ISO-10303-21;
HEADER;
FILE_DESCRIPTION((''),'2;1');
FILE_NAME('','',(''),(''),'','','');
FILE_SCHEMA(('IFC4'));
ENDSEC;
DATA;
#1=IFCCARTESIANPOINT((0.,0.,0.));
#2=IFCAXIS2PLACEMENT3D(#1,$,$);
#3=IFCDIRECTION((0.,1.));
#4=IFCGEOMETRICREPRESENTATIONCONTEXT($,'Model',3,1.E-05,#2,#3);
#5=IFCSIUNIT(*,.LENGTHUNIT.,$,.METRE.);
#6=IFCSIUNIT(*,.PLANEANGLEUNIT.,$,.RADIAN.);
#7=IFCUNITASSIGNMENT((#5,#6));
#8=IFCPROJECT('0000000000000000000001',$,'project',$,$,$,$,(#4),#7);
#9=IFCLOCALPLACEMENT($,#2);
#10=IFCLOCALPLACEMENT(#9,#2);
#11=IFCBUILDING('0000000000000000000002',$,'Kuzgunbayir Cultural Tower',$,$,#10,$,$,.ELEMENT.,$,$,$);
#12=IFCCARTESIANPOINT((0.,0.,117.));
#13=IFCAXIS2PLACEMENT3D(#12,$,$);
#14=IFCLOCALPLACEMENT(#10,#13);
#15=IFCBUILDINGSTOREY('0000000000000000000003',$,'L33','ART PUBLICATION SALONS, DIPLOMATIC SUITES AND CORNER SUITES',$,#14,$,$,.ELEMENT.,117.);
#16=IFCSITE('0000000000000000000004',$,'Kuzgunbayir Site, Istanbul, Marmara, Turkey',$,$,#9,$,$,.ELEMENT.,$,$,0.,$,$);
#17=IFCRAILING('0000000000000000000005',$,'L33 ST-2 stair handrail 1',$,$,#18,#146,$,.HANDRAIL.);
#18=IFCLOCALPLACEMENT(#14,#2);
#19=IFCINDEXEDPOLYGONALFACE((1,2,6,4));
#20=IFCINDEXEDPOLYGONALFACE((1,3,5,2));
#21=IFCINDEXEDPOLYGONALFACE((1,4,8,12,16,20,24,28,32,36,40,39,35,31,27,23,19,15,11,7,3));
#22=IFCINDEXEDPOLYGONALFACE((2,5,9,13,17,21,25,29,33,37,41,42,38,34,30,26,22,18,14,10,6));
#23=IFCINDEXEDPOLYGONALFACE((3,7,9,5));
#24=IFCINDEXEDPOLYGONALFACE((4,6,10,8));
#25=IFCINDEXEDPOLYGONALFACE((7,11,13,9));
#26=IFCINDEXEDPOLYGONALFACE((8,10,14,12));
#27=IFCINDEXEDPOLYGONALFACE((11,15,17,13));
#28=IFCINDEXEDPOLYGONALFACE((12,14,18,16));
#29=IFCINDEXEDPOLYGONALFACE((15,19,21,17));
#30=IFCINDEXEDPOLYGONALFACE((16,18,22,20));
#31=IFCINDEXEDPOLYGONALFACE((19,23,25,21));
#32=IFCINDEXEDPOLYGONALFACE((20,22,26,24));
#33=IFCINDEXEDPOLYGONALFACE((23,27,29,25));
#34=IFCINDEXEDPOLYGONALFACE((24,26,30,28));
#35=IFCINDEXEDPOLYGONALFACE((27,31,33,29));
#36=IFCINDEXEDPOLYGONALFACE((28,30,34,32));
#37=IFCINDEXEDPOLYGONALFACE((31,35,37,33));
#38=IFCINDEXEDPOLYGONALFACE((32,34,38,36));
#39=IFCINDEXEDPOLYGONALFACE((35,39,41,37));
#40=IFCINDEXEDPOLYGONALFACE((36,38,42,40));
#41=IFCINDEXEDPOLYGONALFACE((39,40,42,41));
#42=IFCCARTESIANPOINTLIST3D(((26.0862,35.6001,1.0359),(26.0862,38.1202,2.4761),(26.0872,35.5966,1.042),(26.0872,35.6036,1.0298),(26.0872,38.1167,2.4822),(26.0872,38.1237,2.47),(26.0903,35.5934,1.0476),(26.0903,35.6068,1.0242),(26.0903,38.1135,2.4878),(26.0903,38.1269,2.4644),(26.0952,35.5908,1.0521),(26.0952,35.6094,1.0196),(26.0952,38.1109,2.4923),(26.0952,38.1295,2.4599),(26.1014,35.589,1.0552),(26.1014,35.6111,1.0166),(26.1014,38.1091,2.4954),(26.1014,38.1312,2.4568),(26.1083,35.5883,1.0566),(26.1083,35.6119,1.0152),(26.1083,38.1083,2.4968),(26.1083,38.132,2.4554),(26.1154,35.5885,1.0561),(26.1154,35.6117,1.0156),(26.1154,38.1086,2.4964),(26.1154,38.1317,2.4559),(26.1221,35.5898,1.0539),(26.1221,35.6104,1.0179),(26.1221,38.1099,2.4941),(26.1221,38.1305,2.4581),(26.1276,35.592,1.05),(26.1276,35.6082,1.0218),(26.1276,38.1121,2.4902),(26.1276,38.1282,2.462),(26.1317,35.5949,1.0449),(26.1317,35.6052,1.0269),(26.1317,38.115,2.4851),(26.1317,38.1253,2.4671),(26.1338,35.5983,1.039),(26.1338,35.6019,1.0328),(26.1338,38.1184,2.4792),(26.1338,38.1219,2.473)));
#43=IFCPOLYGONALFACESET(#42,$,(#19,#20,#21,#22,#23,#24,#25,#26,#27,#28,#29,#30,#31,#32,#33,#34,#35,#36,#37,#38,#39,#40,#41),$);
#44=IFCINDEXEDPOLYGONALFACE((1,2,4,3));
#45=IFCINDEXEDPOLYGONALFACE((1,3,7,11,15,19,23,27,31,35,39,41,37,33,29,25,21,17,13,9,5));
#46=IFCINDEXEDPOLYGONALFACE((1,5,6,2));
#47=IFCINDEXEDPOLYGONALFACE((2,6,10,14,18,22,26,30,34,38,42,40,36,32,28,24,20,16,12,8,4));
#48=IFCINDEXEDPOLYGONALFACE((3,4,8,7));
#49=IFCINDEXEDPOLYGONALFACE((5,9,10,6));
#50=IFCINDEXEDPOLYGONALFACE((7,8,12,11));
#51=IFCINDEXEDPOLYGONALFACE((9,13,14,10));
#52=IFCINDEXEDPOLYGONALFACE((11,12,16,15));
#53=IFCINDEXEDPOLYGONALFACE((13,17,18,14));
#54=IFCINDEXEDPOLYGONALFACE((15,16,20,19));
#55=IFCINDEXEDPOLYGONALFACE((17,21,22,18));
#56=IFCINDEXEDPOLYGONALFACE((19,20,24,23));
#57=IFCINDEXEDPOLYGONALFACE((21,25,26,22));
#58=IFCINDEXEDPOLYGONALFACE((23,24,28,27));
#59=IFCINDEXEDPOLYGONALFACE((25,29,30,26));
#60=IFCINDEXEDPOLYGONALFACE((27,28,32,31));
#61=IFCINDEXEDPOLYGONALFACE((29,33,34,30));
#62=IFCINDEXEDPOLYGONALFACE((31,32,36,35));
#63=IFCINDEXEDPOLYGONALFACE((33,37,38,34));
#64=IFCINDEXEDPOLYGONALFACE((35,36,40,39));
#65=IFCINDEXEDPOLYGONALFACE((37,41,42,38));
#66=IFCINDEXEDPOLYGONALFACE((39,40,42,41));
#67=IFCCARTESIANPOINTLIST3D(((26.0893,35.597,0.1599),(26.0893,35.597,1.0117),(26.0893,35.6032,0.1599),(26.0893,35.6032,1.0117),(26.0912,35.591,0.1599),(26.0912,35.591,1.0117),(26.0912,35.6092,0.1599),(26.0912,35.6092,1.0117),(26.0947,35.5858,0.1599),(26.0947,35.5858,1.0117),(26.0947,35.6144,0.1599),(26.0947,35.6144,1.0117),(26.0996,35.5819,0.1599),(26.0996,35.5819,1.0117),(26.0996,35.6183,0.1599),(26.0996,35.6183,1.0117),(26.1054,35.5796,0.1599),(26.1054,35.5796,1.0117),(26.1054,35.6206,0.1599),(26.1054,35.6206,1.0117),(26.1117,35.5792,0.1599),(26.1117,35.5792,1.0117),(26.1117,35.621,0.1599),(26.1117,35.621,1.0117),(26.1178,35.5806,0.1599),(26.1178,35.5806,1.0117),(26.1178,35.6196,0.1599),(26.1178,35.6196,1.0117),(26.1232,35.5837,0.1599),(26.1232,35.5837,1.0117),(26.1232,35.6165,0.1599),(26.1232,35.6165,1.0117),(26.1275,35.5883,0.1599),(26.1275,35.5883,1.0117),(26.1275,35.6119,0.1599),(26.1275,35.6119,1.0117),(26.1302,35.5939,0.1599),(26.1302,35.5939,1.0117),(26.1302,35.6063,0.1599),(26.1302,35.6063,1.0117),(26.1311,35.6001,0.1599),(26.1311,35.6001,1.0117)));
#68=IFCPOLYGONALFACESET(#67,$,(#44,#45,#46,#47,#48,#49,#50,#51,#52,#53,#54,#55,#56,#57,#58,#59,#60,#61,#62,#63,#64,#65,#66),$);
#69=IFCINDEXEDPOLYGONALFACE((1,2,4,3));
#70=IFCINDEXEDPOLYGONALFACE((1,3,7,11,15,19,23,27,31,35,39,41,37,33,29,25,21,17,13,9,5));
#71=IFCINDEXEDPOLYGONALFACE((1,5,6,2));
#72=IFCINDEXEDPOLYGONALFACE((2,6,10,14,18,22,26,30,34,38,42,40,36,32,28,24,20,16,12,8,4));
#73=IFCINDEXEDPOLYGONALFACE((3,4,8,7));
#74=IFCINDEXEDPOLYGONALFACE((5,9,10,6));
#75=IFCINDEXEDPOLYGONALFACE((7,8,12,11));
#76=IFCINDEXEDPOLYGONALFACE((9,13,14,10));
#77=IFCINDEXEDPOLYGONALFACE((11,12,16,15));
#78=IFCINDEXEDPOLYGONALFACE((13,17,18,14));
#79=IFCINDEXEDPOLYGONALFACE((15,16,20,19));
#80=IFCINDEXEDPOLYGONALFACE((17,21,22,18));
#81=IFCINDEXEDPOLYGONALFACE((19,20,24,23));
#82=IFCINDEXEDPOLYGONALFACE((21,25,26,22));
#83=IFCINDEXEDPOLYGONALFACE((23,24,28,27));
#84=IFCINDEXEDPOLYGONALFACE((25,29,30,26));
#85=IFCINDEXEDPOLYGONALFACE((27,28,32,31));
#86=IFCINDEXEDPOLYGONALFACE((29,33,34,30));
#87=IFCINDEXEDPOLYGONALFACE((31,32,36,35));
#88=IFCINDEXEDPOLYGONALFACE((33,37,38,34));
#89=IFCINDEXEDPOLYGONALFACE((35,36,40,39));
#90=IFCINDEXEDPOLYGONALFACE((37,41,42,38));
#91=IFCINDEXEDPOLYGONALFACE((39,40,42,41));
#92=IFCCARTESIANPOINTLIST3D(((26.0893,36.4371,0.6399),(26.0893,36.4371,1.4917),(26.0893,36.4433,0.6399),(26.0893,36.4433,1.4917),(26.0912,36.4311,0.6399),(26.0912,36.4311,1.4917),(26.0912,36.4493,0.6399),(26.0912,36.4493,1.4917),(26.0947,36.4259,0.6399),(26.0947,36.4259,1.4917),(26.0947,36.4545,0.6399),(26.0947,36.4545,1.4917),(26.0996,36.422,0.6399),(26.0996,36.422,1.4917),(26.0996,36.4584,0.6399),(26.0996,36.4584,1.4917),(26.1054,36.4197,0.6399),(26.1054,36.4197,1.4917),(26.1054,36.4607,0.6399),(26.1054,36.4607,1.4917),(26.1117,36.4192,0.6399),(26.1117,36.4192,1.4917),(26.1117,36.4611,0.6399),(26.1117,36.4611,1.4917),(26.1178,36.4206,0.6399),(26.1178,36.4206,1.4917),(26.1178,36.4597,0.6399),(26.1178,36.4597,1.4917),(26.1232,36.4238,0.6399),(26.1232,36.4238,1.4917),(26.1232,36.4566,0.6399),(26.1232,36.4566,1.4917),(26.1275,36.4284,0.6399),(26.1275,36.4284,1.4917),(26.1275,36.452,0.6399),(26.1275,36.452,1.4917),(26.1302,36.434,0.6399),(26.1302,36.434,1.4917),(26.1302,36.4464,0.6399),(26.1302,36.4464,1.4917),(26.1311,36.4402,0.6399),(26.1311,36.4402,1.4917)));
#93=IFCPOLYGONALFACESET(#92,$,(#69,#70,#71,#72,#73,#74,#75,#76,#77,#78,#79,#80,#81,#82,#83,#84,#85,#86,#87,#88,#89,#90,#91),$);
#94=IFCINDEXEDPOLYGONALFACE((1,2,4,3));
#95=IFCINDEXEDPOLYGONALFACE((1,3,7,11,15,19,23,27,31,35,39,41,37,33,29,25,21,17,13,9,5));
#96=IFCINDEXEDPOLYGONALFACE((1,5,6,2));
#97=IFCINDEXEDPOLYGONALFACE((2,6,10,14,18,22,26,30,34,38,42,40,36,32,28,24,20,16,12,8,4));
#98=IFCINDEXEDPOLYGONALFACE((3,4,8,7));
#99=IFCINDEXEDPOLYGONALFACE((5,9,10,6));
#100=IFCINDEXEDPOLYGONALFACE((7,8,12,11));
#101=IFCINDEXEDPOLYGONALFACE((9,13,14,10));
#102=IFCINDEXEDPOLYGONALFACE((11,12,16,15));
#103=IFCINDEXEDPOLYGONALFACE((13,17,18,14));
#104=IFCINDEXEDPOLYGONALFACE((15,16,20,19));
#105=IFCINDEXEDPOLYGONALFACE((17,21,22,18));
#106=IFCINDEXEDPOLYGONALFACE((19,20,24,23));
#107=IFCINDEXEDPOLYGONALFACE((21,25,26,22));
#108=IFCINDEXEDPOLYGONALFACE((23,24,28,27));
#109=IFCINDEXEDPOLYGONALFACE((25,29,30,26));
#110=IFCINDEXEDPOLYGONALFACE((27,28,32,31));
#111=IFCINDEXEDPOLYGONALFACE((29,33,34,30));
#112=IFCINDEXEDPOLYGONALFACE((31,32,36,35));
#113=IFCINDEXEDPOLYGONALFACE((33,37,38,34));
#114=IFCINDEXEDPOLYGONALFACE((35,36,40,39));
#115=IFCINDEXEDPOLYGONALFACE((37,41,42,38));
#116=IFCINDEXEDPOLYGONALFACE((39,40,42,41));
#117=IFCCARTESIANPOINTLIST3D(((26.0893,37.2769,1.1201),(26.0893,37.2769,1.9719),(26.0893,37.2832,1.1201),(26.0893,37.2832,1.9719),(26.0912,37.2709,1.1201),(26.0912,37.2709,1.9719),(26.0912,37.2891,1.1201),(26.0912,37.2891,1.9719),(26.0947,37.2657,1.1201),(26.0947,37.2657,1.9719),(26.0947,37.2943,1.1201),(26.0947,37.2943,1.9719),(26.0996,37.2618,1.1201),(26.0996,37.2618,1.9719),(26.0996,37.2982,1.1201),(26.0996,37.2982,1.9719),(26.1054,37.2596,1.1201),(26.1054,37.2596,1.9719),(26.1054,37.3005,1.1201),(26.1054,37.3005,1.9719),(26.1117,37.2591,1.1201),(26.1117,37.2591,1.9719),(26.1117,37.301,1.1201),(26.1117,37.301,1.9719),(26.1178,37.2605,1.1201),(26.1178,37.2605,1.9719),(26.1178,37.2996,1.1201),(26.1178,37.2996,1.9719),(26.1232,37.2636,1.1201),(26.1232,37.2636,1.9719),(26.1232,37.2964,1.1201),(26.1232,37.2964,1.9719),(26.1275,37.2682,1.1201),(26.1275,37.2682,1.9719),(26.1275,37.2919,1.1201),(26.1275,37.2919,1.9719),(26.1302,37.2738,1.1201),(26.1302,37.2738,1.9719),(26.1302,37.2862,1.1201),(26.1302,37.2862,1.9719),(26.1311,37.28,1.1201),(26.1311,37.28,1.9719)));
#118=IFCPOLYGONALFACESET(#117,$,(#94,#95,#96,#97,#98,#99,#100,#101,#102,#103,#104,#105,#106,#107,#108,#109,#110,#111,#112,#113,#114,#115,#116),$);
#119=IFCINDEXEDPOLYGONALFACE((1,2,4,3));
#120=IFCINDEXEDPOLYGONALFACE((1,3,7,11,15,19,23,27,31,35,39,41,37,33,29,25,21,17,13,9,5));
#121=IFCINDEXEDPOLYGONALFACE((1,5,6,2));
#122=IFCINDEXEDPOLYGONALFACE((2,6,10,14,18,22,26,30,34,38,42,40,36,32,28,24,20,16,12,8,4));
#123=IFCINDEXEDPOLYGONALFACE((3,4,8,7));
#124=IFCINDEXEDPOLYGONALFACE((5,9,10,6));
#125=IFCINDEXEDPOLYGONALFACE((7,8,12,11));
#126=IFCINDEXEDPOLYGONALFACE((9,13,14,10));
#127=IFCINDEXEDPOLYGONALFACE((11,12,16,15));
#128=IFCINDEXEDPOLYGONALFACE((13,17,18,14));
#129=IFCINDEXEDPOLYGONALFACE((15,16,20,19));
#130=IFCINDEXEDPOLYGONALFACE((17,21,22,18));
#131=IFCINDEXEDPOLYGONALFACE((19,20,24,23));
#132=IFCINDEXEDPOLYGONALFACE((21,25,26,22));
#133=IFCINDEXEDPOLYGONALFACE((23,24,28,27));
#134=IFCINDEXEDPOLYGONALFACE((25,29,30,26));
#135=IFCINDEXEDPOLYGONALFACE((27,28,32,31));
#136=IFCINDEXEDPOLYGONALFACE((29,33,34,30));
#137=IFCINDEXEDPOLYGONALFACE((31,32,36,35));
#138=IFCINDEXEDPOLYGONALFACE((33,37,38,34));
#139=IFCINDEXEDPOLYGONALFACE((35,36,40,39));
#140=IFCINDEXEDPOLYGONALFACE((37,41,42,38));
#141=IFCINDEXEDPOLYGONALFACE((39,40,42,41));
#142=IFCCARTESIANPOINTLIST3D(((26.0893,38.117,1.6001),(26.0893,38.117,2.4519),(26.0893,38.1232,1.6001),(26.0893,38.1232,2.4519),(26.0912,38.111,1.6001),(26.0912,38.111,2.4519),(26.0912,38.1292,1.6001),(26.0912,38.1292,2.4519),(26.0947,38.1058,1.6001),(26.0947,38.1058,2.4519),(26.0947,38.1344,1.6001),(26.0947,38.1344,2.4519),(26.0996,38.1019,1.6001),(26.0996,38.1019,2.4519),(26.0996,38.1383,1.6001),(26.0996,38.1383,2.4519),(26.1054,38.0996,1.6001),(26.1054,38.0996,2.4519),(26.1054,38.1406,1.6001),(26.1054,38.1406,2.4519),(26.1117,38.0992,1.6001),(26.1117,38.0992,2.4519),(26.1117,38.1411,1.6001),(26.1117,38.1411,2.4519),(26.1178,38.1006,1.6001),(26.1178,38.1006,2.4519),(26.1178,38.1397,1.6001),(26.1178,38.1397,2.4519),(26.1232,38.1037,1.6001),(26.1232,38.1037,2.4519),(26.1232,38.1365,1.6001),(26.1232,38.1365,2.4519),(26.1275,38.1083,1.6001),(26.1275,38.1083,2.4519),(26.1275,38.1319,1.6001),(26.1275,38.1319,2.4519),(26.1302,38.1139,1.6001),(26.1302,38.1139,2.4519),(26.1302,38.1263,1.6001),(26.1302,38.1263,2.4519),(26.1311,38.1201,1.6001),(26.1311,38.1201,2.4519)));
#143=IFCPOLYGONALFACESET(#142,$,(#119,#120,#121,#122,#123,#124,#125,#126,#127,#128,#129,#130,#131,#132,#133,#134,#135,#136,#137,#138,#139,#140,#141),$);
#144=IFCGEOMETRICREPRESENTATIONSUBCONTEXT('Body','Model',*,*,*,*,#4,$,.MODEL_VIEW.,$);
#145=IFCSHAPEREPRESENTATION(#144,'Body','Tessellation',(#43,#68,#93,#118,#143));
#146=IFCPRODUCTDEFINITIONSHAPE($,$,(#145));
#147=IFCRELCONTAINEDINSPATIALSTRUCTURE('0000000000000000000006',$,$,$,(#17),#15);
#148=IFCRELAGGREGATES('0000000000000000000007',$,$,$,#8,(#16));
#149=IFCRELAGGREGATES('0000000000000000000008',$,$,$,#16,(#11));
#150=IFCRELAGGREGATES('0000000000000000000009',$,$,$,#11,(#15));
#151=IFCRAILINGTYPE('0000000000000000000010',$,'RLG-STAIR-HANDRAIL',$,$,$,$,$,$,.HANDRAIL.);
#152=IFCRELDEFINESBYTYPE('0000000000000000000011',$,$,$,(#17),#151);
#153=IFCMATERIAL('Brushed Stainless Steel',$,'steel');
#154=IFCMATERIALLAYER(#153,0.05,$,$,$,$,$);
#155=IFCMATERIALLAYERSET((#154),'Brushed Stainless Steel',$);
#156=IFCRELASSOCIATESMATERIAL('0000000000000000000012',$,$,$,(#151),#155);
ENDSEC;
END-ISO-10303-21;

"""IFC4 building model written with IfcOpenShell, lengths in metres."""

from ifc_helpers import new_model, si_unit, direction, frame, origin, origin_2d, place, context, subcontext, project, spatial, circle, extrude, material, layer, layer_set, type_object, element, save


model = new_model("IFC4")

# Units and contexts
model_context = context("Model", 3, precision=1e-05, world=origin(), true_north=direction((0.0, 1.0)))
body_context = subcontext(model_context, "Body", "Model", "MODEL_VIEW")
ifc_project = project(units=[si_unit("LENGTHUNIT", "METRE"), si_unit("PLANEANGLEUNIT", "RADIAN")], contexts=[model_context])

# Site, building, storey
site_placement = place(None, origin())
site = spatial("IfcSite", under=ifc_project, at=site_placement, Name="Kuzgunbayir Site, Istanbul, Marmara, Turkey", CompositionType="ELEMENT", RefElevation=0.0)
building_placement = place(site_placement, origin())
building = spatial("IfcBuilding", under=site, at=building_placement, Name="Kuzgunbayir Cultural Tower", CompositionType="ELEMENT")
storey_placement = place(building_placement, frame((0.0, 0.0, 117.0)))
storey = spatial("IfcBuildingStorey", under=building, at=storey_placement, Name="L33", Description="ART PUBLICATION SALONS, DIPLOMATIC SUITES AND CORNER SUITES", CompositionType="ELEMENT", Elevation=117.0)

# Shared definitions
ifc_material_1 = material(Name="Brushed Stainless Steel", Category="steel")

# Railing
ifc_layer_1 = layer(ifc_material_1, 0.05)
ifc_layer_set_1 = layer_set([ifc_layer_1], Name="Brushed Stainless Steel")
railing_type_1 = type_object("IfcRailingType", Name="RLG-STAIR-HANDRAIL", PredefinedType="HANDRAIL", material=ifc_layer_set_1)
railing_1_placement = place(storey_placement, frame((26.1101, 35.6001, 0.1599)))
element("IfcRailing", 1, at=railing_1_placement, inside=storey, type_object=railing_type_1, Name="L33 ST-2 stair handrail 1", PredefinedType="HANDRAIL", context=body_context, shape_type="SweptSolid", body=[
    extrude(circle(Radius=0.0239, at=origin_2d()), frame((0.0, 0.0, 0.876), z_axis=(0.0, 0.868217, 0.496184), x_axis=(-1.0, 0.0, 0.0)), (0.0, 0.0, 1.0), 2.9026),
    extrude(circle(Radius=0.021, at=origin_2d()), origin(), (0.0, 0.0, 1.0), 0.8518),
    extrude(circle(Radius=0.021, at=origin_2d()), frame((0.0, 0.8401, 0.48)), (0.0, 0.0, 1.0), 0.8518),
    extrude(circle(Radius=0.021, at=origin_2d()), frame((0.0, 1.6799, 0.9602)), (0.0, 0.0, 1.0), 0.8518),
    extrude(circle(Radius=0.021, at=origin_2d()), frame((0.0, 2.52, 1.4402)), (0.0, 0.0, 1.0), 0.8518),
])

save(model, "model.ifc")
